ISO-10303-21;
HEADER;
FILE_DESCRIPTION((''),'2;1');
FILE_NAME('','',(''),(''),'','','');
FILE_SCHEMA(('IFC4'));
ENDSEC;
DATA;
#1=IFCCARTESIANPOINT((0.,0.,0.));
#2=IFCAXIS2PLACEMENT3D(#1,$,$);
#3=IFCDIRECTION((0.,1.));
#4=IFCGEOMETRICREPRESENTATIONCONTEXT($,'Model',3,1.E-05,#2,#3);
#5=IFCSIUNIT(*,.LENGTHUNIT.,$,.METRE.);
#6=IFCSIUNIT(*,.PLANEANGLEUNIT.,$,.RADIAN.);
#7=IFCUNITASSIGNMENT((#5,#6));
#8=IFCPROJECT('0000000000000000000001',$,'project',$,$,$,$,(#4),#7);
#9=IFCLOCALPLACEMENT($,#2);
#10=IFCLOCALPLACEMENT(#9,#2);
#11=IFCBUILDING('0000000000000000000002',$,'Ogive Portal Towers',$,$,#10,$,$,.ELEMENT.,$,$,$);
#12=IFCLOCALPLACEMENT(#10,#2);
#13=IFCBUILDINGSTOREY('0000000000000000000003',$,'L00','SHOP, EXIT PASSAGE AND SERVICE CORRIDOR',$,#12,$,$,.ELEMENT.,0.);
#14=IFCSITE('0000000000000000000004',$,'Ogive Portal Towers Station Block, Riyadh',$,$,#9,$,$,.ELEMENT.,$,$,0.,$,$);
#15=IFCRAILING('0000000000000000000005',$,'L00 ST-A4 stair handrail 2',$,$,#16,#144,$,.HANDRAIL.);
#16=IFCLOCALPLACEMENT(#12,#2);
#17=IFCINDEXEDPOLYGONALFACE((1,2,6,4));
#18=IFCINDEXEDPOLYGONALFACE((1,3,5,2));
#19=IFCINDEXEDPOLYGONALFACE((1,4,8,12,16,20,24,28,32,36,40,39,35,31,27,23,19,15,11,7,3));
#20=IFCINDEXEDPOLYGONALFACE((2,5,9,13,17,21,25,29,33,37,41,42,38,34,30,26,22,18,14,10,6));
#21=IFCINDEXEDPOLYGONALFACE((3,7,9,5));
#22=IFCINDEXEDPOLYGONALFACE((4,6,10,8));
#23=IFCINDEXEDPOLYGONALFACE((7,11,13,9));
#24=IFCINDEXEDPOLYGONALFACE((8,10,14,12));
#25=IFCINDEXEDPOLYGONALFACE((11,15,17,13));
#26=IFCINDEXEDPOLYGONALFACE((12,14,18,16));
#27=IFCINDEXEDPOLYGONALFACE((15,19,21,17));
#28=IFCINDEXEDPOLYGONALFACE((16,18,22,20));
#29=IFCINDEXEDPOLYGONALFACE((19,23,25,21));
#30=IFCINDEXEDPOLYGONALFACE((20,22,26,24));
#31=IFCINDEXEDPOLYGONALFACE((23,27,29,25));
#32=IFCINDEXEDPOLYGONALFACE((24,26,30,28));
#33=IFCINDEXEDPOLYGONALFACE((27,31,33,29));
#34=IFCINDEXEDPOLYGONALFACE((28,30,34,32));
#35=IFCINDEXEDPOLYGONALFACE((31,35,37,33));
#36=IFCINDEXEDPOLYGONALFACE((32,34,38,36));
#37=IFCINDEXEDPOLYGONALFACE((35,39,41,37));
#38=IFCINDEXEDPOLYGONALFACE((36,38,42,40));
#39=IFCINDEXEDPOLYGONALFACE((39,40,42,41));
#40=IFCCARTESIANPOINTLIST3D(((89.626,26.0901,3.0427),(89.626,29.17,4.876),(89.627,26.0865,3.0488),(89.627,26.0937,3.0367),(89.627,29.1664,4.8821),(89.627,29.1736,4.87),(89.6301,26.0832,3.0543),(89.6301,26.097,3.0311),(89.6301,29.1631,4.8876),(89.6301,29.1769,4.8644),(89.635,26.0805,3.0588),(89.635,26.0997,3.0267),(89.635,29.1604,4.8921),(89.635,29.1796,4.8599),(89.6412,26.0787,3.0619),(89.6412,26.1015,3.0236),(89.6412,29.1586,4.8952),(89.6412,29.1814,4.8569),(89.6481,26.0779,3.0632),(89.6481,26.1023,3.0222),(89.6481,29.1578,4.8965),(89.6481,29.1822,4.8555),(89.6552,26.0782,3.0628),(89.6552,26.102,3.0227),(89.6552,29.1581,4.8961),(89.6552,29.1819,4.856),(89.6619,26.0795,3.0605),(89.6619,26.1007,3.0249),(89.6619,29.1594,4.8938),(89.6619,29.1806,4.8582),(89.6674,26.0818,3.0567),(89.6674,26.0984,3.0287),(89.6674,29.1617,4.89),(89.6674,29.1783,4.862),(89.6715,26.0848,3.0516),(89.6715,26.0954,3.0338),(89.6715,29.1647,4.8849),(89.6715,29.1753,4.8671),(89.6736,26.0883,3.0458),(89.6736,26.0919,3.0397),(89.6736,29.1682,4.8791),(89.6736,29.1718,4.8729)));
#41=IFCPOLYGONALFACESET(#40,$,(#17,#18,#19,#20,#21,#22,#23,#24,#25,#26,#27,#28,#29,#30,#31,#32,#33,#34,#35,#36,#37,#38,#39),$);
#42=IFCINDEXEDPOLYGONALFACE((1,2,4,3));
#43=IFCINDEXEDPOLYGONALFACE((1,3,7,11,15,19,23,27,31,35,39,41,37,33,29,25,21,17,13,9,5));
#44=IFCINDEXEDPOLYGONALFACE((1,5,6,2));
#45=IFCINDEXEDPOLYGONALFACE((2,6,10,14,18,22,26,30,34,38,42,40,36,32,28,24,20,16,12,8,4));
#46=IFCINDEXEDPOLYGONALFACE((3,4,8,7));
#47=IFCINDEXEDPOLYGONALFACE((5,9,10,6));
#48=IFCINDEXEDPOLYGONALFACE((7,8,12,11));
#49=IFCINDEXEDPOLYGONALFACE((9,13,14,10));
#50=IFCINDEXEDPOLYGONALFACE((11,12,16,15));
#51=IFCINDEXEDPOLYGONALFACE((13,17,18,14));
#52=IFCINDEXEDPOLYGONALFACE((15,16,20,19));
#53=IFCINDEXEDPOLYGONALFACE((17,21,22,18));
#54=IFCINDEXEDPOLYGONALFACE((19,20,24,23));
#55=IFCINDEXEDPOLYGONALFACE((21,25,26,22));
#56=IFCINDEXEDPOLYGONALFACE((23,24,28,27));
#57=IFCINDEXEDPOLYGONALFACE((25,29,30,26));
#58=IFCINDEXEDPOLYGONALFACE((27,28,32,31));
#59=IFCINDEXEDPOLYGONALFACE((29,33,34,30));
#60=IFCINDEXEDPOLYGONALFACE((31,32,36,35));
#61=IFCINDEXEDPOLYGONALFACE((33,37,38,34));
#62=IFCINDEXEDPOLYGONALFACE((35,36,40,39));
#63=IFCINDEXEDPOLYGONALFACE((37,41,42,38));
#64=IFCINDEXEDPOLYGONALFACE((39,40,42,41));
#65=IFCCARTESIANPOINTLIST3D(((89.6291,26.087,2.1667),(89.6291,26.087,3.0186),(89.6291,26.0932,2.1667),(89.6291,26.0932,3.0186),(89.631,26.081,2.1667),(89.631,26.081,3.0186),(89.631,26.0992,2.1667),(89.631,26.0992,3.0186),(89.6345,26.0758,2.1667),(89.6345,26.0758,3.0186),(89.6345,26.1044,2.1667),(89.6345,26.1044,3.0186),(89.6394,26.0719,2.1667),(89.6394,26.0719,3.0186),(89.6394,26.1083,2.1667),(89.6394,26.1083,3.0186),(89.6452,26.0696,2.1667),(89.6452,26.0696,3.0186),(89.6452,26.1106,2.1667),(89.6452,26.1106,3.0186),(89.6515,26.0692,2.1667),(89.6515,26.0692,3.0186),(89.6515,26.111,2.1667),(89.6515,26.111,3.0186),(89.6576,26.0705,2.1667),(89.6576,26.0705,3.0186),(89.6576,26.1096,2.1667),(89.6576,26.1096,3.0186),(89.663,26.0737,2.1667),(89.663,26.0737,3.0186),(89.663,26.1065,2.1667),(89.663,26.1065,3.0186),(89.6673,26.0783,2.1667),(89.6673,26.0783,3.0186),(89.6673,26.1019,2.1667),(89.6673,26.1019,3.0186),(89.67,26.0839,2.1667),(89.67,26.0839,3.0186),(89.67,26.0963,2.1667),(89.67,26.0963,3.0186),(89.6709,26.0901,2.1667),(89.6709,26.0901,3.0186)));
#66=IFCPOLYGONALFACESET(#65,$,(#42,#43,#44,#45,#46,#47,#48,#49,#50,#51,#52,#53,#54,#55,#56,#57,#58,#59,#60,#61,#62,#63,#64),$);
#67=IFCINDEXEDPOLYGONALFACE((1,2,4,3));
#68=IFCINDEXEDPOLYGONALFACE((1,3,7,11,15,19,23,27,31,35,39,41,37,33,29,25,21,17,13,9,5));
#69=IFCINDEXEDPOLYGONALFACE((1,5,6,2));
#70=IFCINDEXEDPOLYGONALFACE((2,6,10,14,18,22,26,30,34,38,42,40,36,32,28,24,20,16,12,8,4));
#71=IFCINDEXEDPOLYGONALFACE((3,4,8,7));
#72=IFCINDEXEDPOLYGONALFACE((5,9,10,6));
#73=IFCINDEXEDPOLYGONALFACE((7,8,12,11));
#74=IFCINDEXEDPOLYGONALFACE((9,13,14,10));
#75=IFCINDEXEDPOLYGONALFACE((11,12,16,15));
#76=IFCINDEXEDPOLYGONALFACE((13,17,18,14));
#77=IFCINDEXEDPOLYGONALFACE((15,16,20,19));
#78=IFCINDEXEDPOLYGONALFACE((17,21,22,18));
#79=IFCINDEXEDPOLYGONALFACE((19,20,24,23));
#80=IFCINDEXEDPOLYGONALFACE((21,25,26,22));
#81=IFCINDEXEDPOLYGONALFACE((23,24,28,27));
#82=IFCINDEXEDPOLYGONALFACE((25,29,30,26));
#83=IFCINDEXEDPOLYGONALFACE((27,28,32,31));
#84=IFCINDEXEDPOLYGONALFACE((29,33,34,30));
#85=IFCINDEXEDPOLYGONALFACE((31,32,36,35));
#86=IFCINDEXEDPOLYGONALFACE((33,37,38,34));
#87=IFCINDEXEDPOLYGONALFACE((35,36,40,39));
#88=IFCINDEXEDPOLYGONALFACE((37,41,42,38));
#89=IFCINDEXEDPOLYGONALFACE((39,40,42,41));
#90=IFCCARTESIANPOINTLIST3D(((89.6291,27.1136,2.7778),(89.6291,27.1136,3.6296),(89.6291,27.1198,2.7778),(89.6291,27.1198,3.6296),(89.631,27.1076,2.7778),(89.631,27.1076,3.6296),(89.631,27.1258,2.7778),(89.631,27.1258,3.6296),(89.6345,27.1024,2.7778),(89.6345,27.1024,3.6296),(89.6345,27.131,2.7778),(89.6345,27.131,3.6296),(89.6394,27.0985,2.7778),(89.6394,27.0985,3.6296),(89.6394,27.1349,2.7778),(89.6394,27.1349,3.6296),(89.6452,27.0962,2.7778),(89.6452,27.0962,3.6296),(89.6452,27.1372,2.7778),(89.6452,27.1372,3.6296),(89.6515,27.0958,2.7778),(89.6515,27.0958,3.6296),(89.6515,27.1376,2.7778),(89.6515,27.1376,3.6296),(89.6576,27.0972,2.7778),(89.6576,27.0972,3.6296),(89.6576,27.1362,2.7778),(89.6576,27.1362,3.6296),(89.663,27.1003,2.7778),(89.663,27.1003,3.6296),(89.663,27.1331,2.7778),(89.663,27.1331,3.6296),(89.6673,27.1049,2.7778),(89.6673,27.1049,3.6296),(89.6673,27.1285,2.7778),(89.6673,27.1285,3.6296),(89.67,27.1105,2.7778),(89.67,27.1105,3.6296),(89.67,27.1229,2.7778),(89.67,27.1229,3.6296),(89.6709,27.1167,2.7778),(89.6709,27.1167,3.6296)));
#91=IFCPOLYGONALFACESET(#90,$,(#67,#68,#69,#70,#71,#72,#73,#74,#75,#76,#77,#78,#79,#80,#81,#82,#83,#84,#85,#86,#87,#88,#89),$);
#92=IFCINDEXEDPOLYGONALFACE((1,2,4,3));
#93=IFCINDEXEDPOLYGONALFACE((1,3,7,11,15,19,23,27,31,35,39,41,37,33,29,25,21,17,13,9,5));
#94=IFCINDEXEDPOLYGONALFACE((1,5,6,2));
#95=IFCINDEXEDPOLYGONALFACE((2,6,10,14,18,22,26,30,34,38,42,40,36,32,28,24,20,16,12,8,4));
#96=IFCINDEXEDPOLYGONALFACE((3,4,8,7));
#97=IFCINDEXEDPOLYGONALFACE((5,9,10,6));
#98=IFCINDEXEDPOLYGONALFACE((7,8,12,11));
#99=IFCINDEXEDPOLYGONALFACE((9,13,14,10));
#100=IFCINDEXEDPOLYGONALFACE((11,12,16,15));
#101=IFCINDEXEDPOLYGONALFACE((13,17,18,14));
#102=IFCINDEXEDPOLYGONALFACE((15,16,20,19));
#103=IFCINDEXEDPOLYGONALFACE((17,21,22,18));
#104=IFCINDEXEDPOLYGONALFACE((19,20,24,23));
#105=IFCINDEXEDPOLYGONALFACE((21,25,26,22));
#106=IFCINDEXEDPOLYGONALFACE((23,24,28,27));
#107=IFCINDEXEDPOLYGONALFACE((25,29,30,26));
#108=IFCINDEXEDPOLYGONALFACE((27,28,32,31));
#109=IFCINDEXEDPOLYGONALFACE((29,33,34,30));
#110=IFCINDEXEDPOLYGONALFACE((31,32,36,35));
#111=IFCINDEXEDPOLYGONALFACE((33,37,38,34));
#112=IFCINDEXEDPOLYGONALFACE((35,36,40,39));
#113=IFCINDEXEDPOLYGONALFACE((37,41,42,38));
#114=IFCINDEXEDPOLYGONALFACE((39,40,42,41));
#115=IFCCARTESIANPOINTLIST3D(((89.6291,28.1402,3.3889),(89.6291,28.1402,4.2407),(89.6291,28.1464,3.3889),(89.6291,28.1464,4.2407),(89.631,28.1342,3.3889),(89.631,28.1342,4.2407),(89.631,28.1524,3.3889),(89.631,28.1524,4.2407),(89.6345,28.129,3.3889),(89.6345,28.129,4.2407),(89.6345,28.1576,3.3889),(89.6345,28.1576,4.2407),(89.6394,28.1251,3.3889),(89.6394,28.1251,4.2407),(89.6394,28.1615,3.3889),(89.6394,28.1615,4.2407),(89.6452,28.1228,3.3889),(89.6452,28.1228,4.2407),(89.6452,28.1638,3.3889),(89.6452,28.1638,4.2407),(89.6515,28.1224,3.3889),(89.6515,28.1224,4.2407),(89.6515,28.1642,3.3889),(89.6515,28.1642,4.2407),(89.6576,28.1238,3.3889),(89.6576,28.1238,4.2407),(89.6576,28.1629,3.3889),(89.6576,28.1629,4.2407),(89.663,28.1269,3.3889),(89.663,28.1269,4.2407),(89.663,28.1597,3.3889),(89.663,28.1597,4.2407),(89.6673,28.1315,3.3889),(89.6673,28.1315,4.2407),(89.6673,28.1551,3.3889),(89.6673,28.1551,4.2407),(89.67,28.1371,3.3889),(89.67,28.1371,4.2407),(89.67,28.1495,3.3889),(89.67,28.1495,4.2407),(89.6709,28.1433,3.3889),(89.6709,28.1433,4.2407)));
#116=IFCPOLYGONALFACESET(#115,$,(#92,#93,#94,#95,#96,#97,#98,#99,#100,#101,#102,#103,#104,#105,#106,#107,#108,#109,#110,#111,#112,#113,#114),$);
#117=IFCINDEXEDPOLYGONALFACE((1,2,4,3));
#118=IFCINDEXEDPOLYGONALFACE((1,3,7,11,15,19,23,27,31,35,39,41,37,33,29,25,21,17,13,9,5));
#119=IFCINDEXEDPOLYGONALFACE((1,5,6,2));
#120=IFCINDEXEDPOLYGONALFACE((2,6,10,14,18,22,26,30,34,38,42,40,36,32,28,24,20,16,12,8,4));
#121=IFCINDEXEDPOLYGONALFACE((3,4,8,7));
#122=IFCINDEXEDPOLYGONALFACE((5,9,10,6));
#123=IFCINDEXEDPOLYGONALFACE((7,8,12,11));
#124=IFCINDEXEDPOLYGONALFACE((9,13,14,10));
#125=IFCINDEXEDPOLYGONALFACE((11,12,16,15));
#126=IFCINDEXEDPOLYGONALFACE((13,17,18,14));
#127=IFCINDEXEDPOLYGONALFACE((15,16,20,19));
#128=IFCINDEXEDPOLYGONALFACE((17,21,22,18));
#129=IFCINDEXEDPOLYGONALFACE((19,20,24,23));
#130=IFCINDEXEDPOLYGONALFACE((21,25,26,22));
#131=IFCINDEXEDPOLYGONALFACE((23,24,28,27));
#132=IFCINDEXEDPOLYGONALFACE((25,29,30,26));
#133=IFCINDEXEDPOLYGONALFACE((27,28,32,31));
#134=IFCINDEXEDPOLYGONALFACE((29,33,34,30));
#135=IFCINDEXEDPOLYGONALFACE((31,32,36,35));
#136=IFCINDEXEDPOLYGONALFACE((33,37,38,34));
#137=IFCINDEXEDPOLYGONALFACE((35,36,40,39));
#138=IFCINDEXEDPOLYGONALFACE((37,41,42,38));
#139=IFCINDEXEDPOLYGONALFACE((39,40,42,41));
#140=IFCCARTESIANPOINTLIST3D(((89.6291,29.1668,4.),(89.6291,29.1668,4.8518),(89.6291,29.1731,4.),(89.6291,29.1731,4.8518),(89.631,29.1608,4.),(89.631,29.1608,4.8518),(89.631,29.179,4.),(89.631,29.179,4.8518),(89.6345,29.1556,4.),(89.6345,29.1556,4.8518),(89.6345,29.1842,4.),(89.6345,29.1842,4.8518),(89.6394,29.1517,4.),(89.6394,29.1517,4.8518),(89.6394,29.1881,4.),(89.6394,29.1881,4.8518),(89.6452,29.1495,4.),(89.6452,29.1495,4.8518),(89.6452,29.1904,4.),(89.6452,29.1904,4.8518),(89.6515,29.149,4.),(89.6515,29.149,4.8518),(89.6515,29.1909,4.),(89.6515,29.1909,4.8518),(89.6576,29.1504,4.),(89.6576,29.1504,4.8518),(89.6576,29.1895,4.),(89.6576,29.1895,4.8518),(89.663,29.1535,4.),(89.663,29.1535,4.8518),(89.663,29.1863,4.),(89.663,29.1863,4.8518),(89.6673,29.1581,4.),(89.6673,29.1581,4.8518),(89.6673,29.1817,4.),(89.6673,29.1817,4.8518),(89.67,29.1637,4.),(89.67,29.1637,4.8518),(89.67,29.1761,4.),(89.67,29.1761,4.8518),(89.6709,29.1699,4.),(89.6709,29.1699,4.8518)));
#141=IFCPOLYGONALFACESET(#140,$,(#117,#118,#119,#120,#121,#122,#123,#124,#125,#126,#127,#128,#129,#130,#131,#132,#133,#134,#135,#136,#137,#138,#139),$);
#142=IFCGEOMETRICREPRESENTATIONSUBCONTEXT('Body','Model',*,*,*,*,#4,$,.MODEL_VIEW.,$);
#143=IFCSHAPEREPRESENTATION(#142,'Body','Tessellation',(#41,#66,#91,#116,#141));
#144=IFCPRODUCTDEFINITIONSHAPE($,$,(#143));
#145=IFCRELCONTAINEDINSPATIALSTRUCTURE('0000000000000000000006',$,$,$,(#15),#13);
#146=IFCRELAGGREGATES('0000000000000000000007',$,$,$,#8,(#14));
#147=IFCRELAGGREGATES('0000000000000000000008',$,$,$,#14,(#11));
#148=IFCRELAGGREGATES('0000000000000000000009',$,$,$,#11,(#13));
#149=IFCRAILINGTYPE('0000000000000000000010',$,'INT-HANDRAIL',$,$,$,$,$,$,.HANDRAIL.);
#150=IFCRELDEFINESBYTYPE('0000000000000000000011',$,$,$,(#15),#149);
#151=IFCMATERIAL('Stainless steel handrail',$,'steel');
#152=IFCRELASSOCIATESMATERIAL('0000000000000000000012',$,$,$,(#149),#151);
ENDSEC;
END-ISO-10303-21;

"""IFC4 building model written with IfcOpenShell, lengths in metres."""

from ifc_helpers import new_model, si_unit, direction, frame, origin, origin_2d, place, context, subcontext, project, spatial, circle, extrude, material, type_object, element, save


model = new_model("IFC4")

# Units and contexts
model_context = context("Model", 3, precision=1e-05, world=origin(), true_north=direction((0.0, 1.0)))
body_context = subcontext(model_context, "Body", "Model", "MODEL_VIEW")
ifc_project = project(units=[si_unit("LENGTHUNIT", "METRE"), si_unit("PLANEANGLEUNIT", "RADIAN")], contexts=[model_context])

# Site, building, storey
site_placement = place(None, origin())
site = spatial("IfcSite", under=ifc_project, at=site_placement, Name="Ogive Portal Towers Station Block, Riyadh", CompositionType="ELEMENT", RefElevation=0.0)
building_placement = place(site_placement, origin())
building = spatial("IfcBuilding", under=site, at=building_placement, Name="Ogive Portal Towers", CompositionType="ELEMENT")
storey_placement = place(building_placement, origin())
storey = spatial("IfcBuildingStorey", under=building, at=storey_placement, Name="L00", Description="SHOP, EXIT PASSAGE AND SERVICE CORRIDOR", CompositionType="ELEMENT", Elevation=0.0)

# Railing
ifc_material_1 = material(Name="Stainless steel handrail", Category="steel")
railing_type_1 = type_object("IfcRailingType", Name="INT-HANDRAIL", PredefinedType="HANDRAIL", material=ifc_material_1)
for number, where, name in (
    (1, (89.6499, 26.0901, 2.1667), "L00 ST-A4 stair handrail 2"),
):
    element("IfcRailing", number, at=place(storey_placement, frame(where)), inside=storey, type_object=railing_type_1, Name=name, PredefinedType="HANDRAIL", context=body_context, shape_type="SweptSolid", body=[
        extrude(circle(Radius=0.0239, at=origin_2d()), frame((0.0, 0.0, 0.876), z_axis=(0.0, 0.859291, 0.511487), x_axis=(-1.0, 0.0, 0.0)), (0.0, 0.0, 1.0), 3.5842),
        extrude(circle(Radius=0.021, at=origin_2d()), origin(), (0.0, 0.0, 1.0), 0.8518),
        extrude(circle(Radius=0.021, at=origin_2d()), frame((0.0, 1.0266, 0.6111)), (0.0, 0.0, 1.0), 0.8518),
        extrude(circle(Radius=0.021, at=origin_2d()), frame((0.0, 2.0532, 1.2222)), (0.0, 0.0, 1.0), 0.8518),
        extrude(circle(Radius=0.021, at=origin_2d()), frame((0.0, 3.0798, 1.8333)), (0.0, 0.0, 1.0), 0.8518),
    ])

save(model, "model.ifc")
